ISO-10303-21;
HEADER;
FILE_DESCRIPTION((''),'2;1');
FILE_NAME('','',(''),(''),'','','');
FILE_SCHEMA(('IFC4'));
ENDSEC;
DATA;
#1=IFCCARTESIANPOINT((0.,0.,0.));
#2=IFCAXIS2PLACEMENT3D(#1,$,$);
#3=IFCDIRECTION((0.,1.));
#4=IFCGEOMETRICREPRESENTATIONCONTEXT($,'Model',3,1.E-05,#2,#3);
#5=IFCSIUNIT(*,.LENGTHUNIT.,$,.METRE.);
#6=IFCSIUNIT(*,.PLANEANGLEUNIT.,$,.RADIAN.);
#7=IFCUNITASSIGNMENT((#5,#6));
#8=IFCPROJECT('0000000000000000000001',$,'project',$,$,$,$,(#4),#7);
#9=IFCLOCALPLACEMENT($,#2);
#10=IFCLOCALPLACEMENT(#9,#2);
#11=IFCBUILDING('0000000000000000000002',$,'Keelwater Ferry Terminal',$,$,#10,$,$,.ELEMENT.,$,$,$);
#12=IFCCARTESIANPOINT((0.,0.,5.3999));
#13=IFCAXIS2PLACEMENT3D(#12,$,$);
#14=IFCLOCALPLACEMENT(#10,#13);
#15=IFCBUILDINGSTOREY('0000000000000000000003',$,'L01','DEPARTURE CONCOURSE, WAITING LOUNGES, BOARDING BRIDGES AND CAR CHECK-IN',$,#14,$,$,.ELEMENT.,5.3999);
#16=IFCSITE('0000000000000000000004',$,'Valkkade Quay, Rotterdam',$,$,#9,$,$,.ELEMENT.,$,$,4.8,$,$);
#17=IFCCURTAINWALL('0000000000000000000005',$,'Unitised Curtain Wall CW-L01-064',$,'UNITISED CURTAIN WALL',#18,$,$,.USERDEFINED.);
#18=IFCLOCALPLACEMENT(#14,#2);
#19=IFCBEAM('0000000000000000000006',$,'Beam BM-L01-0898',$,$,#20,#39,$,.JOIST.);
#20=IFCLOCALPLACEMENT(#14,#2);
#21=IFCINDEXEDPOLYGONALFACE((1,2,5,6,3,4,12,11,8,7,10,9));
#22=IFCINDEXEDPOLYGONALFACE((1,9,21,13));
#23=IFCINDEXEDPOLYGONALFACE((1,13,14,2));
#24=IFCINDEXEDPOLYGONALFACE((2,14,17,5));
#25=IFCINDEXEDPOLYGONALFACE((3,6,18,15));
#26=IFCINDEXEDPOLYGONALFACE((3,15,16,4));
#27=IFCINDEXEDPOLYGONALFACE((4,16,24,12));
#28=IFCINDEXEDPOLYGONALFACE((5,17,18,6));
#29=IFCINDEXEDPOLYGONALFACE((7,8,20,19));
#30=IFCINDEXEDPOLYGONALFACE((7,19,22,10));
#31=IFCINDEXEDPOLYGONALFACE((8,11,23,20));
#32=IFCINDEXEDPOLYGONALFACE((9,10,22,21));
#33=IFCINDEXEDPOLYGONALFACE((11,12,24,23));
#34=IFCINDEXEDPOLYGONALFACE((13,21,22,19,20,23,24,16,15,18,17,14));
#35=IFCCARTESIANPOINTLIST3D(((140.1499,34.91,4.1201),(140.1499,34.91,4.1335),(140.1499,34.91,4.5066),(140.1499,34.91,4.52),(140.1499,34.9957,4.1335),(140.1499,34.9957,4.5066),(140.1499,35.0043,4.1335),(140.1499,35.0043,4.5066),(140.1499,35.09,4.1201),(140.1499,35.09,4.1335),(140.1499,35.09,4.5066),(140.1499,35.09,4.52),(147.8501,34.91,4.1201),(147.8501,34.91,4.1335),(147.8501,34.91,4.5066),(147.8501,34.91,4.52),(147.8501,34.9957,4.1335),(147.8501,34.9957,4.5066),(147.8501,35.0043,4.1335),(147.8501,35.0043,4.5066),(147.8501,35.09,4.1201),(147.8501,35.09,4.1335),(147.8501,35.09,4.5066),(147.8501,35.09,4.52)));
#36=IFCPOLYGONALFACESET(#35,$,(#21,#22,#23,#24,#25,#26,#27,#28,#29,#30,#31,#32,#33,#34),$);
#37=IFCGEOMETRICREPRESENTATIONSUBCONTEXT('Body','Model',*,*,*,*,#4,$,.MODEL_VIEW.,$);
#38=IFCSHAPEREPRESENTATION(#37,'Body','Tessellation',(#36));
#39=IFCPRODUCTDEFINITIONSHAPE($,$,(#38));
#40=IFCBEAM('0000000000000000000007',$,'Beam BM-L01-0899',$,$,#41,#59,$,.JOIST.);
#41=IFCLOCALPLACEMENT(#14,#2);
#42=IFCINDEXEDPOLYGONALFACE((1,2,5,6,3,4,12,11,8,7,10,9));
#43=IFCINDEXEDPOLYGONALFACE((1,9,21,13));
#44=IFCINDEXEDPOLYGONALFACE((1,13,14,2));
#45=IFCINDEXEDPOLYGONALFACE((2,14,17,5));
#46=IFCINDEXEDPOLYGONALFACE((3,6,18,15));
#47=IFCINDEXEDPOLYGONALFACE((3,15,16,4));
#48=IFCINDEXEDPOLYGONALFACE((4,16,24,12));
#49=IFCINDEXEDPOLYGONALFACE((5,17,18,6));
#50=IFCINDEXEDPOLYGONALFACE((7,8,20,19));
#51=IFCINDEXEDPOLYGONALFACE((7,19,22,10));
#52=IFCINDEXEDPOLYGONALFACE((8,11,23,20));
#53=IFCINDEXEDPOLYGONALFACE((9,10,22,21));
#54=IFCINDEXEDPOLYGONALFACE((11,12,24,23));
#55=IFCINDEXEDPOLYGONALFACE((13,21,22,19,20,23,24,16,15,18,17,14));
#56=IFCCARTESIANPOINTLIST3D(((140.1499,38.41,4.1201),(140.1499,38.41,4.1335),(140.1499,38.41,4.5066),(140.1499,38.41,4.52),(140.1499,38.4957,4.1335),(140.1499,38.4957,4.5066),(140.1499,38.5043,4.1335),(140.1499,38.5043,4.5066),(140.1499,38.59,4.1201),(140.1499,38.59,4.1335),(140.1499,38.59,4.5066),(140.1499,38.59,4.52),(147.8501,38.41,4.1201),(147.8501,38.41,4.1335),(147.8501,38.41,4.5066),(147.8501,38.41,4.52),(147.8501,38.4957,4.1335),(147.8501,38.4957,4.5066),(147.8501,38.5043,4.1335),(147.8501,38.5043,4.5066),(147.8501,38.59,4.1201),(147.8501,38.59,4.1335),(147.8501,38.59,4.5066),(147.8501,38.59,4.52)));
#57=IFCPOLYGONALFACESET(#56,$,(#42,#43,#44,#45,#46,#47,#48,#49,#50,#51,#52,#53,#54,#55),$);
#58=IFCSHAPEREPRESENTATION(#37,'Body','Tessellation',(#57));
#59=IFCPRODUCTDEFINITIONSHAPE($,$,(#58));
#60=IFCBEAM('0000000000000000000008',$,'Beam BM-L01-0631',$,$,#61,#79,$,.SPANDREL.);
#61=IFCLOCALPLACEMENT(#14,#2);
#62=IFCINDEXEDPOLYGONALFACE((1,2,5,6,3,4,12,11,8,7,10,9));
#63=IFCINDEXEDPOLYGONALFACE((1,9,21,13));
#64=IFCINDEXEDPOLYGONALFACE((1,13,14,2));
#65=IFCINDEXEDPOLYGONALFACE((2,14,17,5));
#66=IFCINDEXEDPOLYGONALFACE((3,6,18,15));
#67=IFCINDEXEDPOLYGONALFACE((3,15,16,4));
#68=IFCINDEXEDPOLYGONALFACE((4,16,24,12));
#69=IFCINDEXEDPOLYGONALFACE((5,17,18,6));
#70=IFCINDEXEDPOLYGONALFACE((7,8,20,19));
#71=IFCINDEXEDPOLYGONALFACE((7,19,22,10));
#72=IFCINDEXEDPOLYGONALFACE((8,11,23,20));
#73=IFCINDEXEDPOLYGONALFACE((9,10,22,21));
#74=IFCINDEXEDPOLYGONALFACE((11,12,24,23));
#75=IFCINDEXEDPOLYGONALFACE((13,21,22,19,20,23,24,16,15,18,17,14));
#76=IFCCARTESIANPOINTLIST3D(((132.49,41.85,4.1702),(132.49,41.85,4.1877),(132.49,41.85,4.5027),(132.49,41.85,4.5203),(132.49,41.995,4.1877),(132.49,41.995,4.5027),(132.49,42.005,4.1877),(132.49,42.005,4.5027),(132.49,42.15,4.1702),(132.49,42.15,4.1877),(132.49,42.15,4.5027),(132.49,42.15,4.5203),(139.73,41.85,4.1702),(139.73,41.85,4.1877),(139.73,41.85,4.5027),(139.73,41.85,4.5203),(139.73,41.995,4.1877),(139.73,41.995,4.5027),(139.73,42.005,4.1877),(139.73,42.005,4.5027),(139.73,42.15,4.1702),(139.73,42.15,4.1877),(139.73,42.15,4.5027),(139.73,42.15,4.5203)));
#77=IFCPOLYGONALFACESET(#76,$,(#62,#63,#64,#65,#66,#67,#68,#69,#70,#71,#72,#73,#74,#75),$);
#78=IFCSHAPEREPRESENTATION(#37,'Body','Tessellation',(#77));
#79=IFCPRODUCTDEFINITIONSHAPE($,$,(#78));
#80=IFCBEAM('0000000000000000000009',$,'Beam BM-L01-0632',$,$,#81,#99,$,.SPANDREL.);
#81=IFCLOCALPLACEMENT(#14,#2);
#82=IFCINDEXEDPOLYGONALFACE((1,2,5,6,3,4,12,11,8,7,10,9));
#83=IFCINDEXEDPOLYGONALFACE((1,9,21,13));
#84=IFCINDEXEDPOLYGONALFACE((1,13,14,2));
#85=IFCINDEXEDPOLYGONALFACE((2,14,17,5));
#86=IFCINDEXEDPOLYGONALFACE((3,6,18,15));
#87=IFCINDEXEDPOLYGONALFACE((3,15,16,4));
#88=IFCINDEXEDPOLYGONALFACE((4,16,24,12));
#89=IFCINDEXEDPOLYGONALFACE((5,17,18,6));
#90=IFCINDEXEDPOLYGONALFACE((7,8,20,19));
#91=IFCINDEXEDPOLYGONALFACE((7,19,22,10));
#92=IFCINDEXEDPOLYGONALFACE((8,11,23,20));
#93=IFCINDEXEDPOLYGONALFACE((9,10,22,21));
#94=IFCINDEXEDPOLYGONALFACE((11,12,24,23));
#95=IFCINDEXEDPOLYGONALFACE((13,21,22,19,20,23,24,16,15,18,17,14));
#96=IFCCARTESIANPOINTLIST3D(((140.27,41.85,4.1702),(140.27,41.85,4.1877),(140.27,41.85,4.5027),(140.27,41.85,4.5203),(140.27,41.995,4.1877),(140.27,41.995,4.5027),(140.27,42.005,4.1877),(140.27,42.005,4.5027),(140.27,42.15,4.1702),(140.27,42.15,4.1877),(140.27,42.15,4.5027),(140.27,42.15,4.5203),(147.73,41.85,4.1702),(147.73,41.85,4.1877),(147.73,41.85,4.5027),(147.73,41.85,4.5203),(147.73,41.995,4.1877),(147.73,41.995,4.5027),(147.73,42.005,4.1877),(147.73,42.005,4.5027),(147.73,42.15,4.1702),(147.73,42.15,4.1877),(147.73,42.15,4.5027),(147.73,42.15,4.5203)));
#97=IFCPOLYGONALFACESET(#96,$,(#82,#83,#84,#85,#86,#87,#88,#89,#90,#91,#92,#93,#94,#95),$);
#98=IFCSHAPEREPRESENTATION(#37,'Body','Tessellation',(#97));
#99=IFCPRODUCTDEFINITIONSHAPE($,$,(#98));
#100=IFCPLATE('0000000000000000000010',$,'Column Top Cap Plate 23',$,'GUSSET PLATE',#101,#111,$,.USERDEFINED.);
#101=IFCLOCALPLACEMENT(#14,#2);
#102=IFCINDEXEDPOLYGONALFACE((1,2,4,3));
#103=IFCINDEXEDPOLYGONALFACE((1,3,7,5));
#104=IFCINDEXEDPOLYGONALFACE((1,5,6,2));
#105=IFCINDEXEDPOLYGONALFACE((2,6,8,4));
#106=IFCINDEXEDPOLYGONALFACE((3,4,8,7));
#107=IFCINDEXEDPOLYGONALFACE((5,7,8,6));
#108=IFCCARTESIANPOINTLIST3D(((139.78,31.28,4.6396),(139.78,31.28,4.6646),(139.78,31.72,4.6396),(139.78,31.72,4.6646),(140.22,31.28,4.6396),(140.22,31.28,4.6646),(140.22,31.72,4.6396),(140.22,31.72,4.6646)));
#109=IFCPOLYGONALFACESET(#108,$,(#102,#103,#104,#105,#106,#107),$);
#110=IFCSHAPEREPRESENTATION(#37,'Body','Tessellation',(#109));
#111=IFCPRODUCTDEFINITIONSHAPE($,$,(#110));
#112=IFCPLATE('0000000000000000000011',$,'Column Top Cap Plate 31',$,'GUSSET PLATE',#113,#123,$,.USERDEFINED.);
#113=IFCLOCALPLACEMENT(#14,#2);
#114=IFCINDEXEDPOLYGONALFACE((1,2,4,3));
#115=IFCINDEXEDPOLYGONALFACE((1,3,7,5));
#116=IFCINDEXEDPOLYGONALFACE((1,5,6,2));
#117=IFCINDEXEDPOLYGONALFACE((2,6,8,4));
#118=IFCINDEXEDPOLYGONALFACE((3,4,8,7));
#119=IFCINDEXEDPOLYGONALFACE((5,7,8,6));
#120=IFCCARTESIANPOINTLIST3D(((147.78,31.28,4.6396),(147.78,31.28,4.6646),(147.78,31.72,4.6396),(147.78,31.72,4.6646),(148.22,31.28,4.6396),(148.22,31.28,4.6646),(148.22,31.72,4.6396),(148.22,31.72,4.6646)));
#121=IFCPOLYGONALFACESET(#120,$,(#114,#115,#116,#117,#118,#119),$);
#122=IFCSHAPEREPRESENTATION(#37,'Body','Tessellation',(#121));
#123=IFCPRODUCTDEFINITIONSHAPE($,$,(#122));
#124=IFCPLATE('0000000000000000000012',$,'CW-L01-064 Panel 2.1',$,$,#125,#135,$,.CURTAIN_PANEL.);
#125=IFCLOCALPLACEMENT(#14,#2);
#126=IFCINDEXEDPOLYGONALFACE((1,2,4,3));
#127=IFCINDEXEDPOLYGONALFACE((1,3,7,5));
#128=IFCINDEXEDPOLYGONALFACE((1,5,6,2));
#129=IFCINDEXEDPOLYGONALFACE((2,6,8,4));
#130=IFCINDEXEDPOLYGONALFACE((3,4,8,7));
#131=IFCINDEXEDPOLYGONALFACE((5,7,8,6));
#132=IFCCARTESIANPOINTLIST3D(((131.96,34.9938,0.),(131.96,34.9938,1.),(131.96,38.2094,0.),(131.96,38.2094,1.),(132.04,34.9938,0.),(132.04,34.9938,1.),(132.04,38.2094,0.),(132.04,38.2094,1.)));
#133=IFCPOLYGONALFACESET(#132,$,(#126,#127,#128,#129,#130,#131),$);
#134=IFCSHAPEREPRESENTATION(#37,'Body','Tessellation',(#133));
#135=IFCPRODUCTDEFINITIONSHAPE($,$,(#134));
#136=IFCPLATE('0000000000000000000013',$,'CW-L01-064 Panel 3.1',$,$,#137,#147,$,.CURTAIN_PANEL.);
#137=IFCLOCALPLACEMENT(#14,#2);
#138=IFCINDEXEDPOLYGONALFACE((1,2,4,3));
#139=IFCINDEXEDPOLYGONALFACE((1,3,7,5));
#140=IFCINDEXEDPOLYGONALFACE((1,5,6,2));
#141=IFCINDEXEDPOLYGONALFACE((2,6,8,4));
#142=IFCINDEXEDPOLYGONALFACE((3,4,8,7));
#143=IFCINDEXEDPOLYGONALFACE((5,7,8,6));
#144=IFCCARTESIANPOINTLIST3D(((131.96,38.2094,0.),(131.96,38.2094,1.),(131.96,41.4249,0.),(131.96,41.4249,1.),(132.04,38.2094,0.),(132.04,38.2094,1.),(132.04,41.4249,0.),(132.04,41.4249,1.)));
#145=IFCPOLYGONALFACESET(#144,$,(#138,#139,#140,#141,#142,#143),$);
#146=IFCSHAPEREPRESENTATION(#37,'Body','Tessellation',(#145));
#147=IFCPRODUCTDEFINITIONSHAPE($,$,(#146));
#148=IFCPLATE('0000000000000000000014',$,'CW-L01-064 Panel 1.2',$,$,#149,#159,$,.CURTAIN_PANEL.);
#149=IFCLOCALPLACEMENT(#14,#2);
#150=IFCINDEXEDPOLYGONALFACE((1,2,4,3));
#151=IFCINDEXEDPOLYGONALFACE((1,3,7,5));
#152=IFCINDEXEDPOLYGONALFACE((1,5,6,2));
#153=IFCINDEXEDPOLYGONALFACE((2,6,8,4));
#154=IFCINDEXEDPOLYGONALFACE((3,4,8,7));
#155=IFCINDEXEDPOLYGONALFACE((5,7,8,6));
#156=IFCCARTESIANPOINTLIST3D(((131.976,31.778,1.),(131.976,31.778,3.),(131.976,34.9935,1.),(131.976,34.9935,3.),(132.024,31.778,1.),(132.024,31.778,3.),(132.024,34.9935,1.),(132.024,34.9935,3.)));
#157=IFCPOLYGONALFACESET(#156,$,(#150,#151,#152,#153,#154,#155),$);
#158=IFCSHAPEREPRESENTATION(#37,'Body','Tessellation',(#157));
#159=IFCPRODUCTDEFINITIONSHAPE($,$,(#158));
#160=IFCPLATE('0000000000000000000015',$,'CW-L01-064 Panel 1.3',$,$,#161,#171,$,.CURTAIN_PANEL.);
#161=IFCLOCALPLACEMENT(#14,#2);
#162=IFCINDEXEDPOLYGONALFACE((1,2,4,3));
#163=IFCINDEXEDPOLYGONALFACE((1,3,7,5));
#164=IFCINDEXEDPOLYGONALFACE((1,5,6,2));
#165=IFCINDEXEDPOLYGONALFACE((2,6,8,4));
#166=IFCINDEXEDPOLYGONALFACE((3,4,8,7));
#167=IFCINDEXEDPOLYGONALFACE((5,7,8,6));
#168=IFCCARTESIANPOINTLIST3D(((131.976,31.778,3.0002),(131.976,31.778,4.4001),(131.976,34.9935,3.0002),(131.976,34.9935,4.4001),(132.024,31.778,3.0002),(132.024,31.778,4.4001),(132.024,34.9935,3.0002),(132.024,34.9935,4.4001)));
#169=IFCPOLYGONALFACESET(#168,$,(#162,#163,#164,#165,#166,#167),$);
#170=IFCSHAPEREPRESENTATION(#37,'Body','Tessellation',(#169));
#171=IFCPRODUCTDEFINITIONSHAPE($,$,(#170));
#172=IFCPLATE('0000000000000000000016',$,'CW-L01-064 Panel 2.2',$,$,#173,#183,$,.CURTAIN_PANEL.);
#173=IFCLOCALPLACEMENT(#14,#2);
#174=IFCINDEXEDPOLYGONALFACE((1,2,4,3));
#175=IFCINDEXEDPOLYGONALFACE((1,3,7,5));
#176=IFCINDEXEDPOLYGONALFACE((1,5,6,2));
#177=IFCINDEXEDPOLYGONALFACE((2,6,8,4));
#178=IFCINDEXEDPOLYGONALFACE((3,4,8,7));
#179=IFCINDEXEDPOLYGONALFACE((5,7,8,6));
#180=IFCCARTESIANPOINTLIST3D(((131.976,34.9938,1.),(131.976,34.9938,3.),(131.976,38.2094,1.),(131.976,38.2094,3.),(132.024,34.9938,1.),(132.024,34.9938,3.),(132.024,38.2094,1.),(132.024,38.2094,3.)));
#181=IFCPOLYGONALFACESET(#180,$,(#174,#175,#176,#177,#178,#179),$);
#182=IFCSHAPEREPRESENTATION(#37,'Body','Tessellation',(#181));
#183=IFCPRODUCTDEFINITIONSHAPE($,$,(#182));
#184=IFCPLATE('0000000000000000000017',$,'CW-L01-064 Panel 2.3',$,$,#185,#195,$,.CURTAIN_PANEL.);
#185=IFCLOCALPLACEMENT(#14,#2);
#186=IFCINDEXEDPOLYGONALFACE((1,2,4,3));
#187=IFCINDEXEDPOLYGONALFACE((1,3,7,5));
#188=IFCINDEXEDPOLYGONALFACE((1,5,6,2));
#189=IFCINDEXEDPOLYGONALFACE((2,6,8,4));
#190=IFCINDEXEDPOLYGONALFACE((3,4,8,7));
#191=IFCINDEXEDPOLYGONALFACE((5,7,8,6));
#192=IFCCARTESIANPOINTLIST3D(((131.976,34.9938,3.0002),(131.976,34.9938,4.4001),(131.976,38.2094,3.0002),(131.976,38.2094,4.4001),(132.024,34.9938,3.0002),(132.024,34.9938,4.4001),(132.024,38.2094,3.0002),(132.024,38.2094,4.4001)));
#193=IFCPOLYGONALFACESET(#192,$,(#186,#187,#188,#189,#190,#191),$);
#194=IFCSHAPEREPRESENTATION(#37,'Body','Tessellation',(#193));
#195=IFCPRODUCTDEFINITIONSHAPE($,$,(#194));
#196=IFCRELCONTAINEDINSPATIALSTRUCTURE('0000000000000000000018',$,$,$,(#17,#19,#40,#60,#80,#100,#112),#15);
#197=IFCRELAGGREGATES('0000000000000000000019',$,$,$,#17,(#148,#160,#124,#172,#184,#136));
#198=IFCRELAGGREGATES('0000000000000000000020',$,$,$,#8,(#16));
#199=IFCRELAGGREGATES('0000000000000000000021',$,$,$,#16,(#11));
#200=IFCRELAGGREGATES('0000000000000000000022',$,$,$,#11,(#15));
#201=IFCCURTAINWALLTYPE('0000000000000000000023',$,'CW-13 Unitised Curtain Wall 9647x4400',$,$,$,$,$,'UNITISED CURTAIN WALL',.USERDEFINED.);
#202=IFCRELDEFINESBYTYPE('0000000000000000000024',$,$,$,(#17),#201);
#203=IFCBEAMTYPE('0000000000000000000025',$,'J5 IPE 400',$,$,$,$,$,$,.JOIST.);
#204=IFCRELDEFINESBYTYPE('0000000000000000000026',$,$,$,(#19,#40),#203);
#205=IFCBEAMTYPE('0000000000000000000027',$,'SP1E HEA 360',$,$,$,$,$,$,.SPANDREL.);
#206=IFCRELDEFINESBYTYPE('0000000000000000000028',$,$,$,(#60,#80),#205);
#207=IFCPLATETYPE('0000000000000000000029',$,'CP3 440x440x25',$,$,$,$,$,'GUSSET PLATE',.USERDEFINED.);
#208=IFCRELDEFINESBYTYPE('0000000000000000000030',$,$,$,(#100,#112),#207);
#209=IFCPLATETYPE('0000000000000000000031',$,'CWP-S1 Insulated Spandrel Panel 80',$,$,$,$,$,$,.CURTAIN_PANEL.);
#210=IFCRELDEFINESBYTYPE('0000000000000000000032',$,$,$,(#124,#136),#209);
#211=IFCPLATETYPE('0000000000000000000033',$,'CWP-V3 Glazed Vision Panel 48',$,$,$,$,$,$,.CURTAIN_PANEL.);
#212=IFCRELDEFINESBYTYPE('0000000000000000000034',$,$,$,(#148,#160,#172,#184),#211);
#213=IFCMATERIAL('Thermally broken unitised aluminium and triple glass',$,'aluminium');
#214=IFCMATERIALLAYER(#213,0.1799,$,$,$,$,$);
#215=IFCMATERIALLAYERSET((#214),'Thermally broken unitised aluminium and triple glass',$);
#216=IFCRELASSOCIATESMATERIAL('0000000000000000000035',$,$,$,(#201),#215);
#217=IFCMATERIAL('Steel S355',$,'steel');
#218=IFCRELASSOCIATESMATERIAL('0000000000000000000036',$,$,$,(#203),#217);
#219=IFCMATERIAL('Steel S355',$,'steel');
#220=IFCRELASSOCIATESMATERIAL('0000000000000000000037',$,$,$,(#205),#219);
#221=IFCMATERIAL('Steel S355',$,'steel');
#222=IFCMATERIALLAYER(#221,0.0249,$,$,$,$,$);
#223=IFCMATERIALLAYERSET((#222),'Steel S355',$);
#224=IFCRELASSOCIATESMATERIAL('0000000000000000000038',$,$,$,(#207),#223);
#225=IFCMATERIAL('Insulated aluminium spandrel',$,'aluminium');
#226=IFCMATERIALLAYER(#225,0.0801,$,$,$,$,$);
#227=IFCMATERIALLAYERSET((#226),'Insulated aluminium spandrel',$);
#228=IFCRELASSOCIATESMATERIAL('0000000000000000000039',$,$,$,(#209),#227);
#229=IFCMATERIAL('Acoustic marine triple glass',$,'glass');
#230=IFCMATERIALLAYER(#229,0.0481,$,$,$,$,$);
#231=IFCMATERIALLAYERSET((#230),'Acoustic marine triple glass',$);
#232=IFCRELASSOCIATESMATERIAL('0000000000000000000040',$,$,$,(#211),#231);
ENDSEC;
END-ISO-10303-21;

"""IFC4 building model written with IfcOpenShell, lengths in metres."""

from ifc_helpers import new_model, si_unit, direction, frame, origin, origin_2d, place, context, subcontext, project, spatial, rectangle, i_section, extrude, material, layer, layer_set, material_profile, profile_set, type_object, element, aggregate, save


model = new_model("IFC4")

# Units and contexts
model_context = context("Model", 3, precision=1e-05, world=origin(), true_north=direction((0.0, 1.0)))
body_context = subcontext(model_context, "Body", "Model", "MODEL_VIEW")
ifc_project = project(units=[si_unit("LENGTHUNIT", "METRE"), si_unit("PLANEANGLEUNIT", "RADIAN")], contexts=[model_context])

# Site, building, storey
site_placement = place(None, origin())
site = spatial("IfcSite", under=ifc_project, at=site_placement, Name="Valkkade Quay, Rotterdam", CompositionType="ELEMENT", RefElevation=4.8)
building_placement = place(site_placement, origin())
building = spatial("IfcBuilding", under=site, at=building_placement, Name="Keelwater Ferry Terminal", CompositionType="ELEMENT")
storey_placement = place(building_placement, frame((0.0, 0.0, 5.3999)))
storey = spatial("IfcBuildingStorey", under=building, at=storey_placement, Name="L01", Description="DEPARTURE CONCOURSE, WAITING LOUNGES, BOARDING BRIDGES AND CAR CHECK-IN", CompositionType="ELEMENT", Elevation=5.3999)

# Curtain wall
ifc_material_1 = material(Name="Thermally broken unitised aluminium and triple glass", Category="aluminium")
ifc_layer_1 = layer(ifc_material_1, 0.1799)
ifc_layer_set_1 = layer_set([ifc_layer_1], Name="Thermally broken unitised aluminium and triple glass")
curtain_wall_type = type_object("IfcCurtainWallType", Name="CW-13 Unitised Curtain Wall 9647x4400", ElementType="UNITISED CURTAIN WALL", PredefinedType="USERDEFINED", material=ifc_layer_set_1)
curtain_wall_placement = place(storey_placement, origin())
curtain_wall = element("IfcCurtainWall", 1, at=curtain_wall_placement, inside=storey, type_object=curtain_wall_type, Name="Unitised Curtain Wall CW-L01-064", ObjectType="UNITISED CURTAIN WALL", PredefinedType="USERDEFINED")

# Beams
ifc_material_2 = material(Name="Steel S355", Category="steel")
ifc_material_profile_1 = material_profile(ifc_material_2, i_section(OverallWidth=0.1799, OverallDepth=0.3999, WebThickness=0.0085, FlangeThickness=0.0134, at=origin_2d()), Name="IPE 400")
ifc_profile_set_1 = profile_set([ifc_material_profile_1], Name="Steel S355")
beam_type_1 = type_object("IfcBeamType", Name="J5 IPE 400", PredefinedType="JOIST", material=ifc_profile_set_1)
for number, where, z_axis, x_axis, name in (
    (2, (140.1499, 35.0, 4.3201), (1.0, 0.0, 0.0), (0.0, 1.0, 0.0), "Beam BM-L01-0898"),
    (3, (140.1499, 38.5, 4.3201), (1.0, 0.0, 0.0), (0.0, 1.0, 0.0), "Beam BM-L01-0899"),
):
    element("IfcBeam", number, at=place(storey_placement, frame(where, z_axis=z_axis, x_axis=x_axis)), inside=storey, type_object=beam_type_1, Name=name, PredefinedType="JOIST", context=body_context, shape_type="SweptSolid", body=[
        extrude(i_section(OverallWidth=0.1799, OverallDepth=0.3999, WebThickness=0.0085, FlangeThickness=0.0134, at=origin_2d()), origin(), (0.0, 0.0, 1.0), 7.7002),
    ])
ifc_material_3 = material(Name="Steel S355", Category="steel")
ifc_material_profile_2 = material_profile(ifc_material_3, i_section(OverallWidth=0.3, OverallDepth=0.3501, WebThickness=0.01, FlangeThickness=0.0176, at=origin_2d()), Name="HEA 360")
ifc_profile_set_2 = profile_set([ifc_material_profile_2], Name="Steel S355")
beam_type_2 = type_object("IfcBeamType", Name="SP1E HEA 360", PredefinedType="SPANDREL", material=ifc_profile_set_2)
beam_1_placement = place(storey_placement, frame((132.49, 42.0, 4.3452), z_axis=(1.0, 0.0, 0.0), x_axis=(0.0, 1.0, 0.0)))
element("IfcBeam", 4, at=beam_1_placement, inside=storey, type_object=beam_type_2, Name="Beam BM-L01-0631", PredefinedType="SPANDREL", context=body_context, shape_type="SweptSolid", body=[
    extrude(i_section(OverallWidth=0.3, OverallDepth=0.3501, WebThickness=0.01, FlangeThickness=0.0176, at=origin_2d()), origin(), (0.0, 0.0, 1.0), 7.24),
])
beam_2_placement = place(storey_placement, frame((140.27, 42.0, 4.3452), z_axis=(1.0, 0.0, 0.0), x_axis=(0.0, 1.0, 0.0)))
element("IfcBeam", 5, at=beam_2_placement, inside=storey, type_object=beam_type_2, Name="Beam BM-L01-0632", PredefinedType="SPANDREL", context=body_context, shape_type="SweptSolid", body=[
    extrude(i_section(OverallWidth=0.3, OverallDepth=0.3501, WebThickness=0.01, FlangeThickness=0.0176, at=origin_2d()), origin(), (0.0, 0.0, 1.0), 7.46),
])

# Plates
ifc_material_4 = material(Name="Steel S355", Category="steel")
ifc_layer_2 = layer(ifc_material_4, 0.0249)
ifc_layer_set_2 = layer_set([ifc_layer_2], Name="Steel S355")
plate_type_1 = type_object("IfcPlateType", Name="CP3 440x440x25", ElementType="GUSSET PLATE", PredefinedType="USERDEFINED", material=ifc_layer_set_2)
for number, where, z_axis, x_axis, name in (
    (6, (140.0, 31.5, 4.6396), (0.0, 0.0, 1.0), (1.0, 0.0, 0.0), "Column Top Cap Plate 23"),
    (7, (148.0, 31.5, 4.6396), (0.0, 0.0, 1.0), (1.0, 0.0, 0.0), "Column Top Cap Plate 31"),
):
    element("IfcPlate", number, at=place(storey_placement, frame(where, z_axis=z_axis, x_axis=x_axis)), inside=storey, type_object=plate_type_1, Name=name, ObjectType="GUSSET PLATE", PredefinedType="USERDEFINED", context=body_context, shape_type="SweptSolid", body=[
        extrude(rectangle(XDim=0.4399, YDim=0.4399, at=origin_2d()), origin(), (0.0, 0.0, 1.0), 0.0249),
    ])

# Plates
ifc_material_5 = material(Name="Insulated aluminium spandrel", Category="aluminium")
ifc_layer_3 = layer(ifc_material_5, 0.0801)
ifc_layer_set_3 = layer_set([ifc_layer_3], Name="Insulated aluminium spandrel")
plate_type_2 = type_object("IfcPlateType", Name="CWP-S1 Insulated Spandrel Panel 80", PredefinedType="CURTAIN_PANEL", material=ifc_layer_set_3)
plate_1_placement = place(storey_placement, frame((132.0, 36.6016, 0.0), z_axis=(0.0, 0.0, 1.0), x_axis=(0.0, 1.0, 0.0)))
plate_1 = element("IfcPlate", 8, at=plate_1_placement, type_object=plate_type_2, Name="CW-L01-064 Panel 2.1", PredefinedType="CURTAIN_PANEL", context=body_context, shape_type="SweptSolid", body=[
    extrude(rectangle(XDim=3.2156, YDim=0.0801, at=origin_2d()), origin(), (0.0, 0.0, 1.0), 1.0),
])
plate_2_placement = place(storey_placement, frame((132.0, 39.8171, 0.0), z_axis=(0.0, 0.0, 1.0), x_axis=(0.0, 1.0, 0.0)))
plate_2 = element("IfcPlate", 9, at=plate_2_placement, type_object=plate_type_2, Name="CW-L01-064 Panel 3.1", PredefinedType="CURTAIN_PANEL", context=body_context, shape_type="SweptSolid", body=[
    extrude(rectangle(XDim=3.2156, YDim=0.0801, at=origin_2d()), origin(), (0.0, 0.0, 1.0), 1.0),
])
ifc_material_6 = material(Name="Acoustic marine triple glass", Category="glass")
ifc_layer_4 = layer(ifc_material_6, 0.0481)
ifc_layer_set_4 = layer_set([ifc_layer_4], Name="Acoustic marine triple glass")
plate_type_3 = type_object("IfcPlateType", Name="CWP-V3 Glazed Vision Panel 48", PredefinedType="CURTAIN_PANEL", material=ifc_layer_set_4)
plate_3_placement = place(storey_placement, frame((132.0, 33.3857, 1.0), z_axis=(0.0, 0.0, 1.0), x_axis=(0.0, 1.0, 0.0)))
plate_3 = element("IfcPlate", 10, at=plate_3_placement, type_object=plate_type_3, Name="CW-L01-064 Panel 1.2", PredefinedType="CURTAIN_PANEL", context=body_context, shape_type="SweptSolid", body=[
    extrude(rectangle(XDim=3.2156, YDim=0.0481, at=origin_2d()), origin(), (0.0, 0.0, 1.0), 2.0),
])
plate_4_placement = place(storey_placement, frame((132.0, 33.3857, 3.0002), z_axis=(0.0, 0.0, 1.0), x_axis=(0.0, 1.0, 0.0)))
plate_4 = element("IfcPlate", 11, at=plate_4_placement, type_object=plate_type_3, Name="CW-L01-064 Panel 1.3", PredefinedType="CURTAIN_PANEL", context=body_context, shape_type="SweptSolid", body=[
    extrude(rectangle(XDim=3.2156, YDim=0.0481, at=origin_2d()), origin(), (0.0, 0.0, 1.0), 1.3999),
])
plate_5_placement = place(storey_placement, frame((132.0, 36.6016, 1.0), z_axis=(0.0, 0.0, 1.0), x_axis=(0.0, 1.0, 0.0)))
plate_5 = element("IfcPlate", 12, at=plate_5_placement, type_object=plate_type_3, Name="CW-L01-064 Panel 2.2", PredefinedType="CURTAIN_PANEL", context=body_context, shape_type="SweptSolid", body=[
    extrude(rectangle(XDim=3.2156, YDim=0.0481, at=origin_2d()), origin(), (0.0, 0.0, 1.0), 2.0),
])
plate_6_placement = place(storey_placement, frame((132.0, 36.6016, 3.0002), z_axis=(0.0, 0.0, 1.0), x_axis=(0.0, 1.0, 0.0)))
plate_6 = element("IfcPlate", 13, at=plate_6_placement, type_object=plate_type_3, Name="CW-L01-064 Panel 2.3", PredefinedType="CURTAIN_PANEL", context=body_context, shape_type="SweptSolid", body=[
    extrude(rectangle(XDim=3.2156, YDim=0.0481, at=origin_2d()), origin(), (0.0, 0.0, 1.0), 1.3999),
])
aggregate(curtain_wall, [plate_3, plate_4, plate_1, plate_5, plate_6, plate_2])

save(model, "model.ifc")
